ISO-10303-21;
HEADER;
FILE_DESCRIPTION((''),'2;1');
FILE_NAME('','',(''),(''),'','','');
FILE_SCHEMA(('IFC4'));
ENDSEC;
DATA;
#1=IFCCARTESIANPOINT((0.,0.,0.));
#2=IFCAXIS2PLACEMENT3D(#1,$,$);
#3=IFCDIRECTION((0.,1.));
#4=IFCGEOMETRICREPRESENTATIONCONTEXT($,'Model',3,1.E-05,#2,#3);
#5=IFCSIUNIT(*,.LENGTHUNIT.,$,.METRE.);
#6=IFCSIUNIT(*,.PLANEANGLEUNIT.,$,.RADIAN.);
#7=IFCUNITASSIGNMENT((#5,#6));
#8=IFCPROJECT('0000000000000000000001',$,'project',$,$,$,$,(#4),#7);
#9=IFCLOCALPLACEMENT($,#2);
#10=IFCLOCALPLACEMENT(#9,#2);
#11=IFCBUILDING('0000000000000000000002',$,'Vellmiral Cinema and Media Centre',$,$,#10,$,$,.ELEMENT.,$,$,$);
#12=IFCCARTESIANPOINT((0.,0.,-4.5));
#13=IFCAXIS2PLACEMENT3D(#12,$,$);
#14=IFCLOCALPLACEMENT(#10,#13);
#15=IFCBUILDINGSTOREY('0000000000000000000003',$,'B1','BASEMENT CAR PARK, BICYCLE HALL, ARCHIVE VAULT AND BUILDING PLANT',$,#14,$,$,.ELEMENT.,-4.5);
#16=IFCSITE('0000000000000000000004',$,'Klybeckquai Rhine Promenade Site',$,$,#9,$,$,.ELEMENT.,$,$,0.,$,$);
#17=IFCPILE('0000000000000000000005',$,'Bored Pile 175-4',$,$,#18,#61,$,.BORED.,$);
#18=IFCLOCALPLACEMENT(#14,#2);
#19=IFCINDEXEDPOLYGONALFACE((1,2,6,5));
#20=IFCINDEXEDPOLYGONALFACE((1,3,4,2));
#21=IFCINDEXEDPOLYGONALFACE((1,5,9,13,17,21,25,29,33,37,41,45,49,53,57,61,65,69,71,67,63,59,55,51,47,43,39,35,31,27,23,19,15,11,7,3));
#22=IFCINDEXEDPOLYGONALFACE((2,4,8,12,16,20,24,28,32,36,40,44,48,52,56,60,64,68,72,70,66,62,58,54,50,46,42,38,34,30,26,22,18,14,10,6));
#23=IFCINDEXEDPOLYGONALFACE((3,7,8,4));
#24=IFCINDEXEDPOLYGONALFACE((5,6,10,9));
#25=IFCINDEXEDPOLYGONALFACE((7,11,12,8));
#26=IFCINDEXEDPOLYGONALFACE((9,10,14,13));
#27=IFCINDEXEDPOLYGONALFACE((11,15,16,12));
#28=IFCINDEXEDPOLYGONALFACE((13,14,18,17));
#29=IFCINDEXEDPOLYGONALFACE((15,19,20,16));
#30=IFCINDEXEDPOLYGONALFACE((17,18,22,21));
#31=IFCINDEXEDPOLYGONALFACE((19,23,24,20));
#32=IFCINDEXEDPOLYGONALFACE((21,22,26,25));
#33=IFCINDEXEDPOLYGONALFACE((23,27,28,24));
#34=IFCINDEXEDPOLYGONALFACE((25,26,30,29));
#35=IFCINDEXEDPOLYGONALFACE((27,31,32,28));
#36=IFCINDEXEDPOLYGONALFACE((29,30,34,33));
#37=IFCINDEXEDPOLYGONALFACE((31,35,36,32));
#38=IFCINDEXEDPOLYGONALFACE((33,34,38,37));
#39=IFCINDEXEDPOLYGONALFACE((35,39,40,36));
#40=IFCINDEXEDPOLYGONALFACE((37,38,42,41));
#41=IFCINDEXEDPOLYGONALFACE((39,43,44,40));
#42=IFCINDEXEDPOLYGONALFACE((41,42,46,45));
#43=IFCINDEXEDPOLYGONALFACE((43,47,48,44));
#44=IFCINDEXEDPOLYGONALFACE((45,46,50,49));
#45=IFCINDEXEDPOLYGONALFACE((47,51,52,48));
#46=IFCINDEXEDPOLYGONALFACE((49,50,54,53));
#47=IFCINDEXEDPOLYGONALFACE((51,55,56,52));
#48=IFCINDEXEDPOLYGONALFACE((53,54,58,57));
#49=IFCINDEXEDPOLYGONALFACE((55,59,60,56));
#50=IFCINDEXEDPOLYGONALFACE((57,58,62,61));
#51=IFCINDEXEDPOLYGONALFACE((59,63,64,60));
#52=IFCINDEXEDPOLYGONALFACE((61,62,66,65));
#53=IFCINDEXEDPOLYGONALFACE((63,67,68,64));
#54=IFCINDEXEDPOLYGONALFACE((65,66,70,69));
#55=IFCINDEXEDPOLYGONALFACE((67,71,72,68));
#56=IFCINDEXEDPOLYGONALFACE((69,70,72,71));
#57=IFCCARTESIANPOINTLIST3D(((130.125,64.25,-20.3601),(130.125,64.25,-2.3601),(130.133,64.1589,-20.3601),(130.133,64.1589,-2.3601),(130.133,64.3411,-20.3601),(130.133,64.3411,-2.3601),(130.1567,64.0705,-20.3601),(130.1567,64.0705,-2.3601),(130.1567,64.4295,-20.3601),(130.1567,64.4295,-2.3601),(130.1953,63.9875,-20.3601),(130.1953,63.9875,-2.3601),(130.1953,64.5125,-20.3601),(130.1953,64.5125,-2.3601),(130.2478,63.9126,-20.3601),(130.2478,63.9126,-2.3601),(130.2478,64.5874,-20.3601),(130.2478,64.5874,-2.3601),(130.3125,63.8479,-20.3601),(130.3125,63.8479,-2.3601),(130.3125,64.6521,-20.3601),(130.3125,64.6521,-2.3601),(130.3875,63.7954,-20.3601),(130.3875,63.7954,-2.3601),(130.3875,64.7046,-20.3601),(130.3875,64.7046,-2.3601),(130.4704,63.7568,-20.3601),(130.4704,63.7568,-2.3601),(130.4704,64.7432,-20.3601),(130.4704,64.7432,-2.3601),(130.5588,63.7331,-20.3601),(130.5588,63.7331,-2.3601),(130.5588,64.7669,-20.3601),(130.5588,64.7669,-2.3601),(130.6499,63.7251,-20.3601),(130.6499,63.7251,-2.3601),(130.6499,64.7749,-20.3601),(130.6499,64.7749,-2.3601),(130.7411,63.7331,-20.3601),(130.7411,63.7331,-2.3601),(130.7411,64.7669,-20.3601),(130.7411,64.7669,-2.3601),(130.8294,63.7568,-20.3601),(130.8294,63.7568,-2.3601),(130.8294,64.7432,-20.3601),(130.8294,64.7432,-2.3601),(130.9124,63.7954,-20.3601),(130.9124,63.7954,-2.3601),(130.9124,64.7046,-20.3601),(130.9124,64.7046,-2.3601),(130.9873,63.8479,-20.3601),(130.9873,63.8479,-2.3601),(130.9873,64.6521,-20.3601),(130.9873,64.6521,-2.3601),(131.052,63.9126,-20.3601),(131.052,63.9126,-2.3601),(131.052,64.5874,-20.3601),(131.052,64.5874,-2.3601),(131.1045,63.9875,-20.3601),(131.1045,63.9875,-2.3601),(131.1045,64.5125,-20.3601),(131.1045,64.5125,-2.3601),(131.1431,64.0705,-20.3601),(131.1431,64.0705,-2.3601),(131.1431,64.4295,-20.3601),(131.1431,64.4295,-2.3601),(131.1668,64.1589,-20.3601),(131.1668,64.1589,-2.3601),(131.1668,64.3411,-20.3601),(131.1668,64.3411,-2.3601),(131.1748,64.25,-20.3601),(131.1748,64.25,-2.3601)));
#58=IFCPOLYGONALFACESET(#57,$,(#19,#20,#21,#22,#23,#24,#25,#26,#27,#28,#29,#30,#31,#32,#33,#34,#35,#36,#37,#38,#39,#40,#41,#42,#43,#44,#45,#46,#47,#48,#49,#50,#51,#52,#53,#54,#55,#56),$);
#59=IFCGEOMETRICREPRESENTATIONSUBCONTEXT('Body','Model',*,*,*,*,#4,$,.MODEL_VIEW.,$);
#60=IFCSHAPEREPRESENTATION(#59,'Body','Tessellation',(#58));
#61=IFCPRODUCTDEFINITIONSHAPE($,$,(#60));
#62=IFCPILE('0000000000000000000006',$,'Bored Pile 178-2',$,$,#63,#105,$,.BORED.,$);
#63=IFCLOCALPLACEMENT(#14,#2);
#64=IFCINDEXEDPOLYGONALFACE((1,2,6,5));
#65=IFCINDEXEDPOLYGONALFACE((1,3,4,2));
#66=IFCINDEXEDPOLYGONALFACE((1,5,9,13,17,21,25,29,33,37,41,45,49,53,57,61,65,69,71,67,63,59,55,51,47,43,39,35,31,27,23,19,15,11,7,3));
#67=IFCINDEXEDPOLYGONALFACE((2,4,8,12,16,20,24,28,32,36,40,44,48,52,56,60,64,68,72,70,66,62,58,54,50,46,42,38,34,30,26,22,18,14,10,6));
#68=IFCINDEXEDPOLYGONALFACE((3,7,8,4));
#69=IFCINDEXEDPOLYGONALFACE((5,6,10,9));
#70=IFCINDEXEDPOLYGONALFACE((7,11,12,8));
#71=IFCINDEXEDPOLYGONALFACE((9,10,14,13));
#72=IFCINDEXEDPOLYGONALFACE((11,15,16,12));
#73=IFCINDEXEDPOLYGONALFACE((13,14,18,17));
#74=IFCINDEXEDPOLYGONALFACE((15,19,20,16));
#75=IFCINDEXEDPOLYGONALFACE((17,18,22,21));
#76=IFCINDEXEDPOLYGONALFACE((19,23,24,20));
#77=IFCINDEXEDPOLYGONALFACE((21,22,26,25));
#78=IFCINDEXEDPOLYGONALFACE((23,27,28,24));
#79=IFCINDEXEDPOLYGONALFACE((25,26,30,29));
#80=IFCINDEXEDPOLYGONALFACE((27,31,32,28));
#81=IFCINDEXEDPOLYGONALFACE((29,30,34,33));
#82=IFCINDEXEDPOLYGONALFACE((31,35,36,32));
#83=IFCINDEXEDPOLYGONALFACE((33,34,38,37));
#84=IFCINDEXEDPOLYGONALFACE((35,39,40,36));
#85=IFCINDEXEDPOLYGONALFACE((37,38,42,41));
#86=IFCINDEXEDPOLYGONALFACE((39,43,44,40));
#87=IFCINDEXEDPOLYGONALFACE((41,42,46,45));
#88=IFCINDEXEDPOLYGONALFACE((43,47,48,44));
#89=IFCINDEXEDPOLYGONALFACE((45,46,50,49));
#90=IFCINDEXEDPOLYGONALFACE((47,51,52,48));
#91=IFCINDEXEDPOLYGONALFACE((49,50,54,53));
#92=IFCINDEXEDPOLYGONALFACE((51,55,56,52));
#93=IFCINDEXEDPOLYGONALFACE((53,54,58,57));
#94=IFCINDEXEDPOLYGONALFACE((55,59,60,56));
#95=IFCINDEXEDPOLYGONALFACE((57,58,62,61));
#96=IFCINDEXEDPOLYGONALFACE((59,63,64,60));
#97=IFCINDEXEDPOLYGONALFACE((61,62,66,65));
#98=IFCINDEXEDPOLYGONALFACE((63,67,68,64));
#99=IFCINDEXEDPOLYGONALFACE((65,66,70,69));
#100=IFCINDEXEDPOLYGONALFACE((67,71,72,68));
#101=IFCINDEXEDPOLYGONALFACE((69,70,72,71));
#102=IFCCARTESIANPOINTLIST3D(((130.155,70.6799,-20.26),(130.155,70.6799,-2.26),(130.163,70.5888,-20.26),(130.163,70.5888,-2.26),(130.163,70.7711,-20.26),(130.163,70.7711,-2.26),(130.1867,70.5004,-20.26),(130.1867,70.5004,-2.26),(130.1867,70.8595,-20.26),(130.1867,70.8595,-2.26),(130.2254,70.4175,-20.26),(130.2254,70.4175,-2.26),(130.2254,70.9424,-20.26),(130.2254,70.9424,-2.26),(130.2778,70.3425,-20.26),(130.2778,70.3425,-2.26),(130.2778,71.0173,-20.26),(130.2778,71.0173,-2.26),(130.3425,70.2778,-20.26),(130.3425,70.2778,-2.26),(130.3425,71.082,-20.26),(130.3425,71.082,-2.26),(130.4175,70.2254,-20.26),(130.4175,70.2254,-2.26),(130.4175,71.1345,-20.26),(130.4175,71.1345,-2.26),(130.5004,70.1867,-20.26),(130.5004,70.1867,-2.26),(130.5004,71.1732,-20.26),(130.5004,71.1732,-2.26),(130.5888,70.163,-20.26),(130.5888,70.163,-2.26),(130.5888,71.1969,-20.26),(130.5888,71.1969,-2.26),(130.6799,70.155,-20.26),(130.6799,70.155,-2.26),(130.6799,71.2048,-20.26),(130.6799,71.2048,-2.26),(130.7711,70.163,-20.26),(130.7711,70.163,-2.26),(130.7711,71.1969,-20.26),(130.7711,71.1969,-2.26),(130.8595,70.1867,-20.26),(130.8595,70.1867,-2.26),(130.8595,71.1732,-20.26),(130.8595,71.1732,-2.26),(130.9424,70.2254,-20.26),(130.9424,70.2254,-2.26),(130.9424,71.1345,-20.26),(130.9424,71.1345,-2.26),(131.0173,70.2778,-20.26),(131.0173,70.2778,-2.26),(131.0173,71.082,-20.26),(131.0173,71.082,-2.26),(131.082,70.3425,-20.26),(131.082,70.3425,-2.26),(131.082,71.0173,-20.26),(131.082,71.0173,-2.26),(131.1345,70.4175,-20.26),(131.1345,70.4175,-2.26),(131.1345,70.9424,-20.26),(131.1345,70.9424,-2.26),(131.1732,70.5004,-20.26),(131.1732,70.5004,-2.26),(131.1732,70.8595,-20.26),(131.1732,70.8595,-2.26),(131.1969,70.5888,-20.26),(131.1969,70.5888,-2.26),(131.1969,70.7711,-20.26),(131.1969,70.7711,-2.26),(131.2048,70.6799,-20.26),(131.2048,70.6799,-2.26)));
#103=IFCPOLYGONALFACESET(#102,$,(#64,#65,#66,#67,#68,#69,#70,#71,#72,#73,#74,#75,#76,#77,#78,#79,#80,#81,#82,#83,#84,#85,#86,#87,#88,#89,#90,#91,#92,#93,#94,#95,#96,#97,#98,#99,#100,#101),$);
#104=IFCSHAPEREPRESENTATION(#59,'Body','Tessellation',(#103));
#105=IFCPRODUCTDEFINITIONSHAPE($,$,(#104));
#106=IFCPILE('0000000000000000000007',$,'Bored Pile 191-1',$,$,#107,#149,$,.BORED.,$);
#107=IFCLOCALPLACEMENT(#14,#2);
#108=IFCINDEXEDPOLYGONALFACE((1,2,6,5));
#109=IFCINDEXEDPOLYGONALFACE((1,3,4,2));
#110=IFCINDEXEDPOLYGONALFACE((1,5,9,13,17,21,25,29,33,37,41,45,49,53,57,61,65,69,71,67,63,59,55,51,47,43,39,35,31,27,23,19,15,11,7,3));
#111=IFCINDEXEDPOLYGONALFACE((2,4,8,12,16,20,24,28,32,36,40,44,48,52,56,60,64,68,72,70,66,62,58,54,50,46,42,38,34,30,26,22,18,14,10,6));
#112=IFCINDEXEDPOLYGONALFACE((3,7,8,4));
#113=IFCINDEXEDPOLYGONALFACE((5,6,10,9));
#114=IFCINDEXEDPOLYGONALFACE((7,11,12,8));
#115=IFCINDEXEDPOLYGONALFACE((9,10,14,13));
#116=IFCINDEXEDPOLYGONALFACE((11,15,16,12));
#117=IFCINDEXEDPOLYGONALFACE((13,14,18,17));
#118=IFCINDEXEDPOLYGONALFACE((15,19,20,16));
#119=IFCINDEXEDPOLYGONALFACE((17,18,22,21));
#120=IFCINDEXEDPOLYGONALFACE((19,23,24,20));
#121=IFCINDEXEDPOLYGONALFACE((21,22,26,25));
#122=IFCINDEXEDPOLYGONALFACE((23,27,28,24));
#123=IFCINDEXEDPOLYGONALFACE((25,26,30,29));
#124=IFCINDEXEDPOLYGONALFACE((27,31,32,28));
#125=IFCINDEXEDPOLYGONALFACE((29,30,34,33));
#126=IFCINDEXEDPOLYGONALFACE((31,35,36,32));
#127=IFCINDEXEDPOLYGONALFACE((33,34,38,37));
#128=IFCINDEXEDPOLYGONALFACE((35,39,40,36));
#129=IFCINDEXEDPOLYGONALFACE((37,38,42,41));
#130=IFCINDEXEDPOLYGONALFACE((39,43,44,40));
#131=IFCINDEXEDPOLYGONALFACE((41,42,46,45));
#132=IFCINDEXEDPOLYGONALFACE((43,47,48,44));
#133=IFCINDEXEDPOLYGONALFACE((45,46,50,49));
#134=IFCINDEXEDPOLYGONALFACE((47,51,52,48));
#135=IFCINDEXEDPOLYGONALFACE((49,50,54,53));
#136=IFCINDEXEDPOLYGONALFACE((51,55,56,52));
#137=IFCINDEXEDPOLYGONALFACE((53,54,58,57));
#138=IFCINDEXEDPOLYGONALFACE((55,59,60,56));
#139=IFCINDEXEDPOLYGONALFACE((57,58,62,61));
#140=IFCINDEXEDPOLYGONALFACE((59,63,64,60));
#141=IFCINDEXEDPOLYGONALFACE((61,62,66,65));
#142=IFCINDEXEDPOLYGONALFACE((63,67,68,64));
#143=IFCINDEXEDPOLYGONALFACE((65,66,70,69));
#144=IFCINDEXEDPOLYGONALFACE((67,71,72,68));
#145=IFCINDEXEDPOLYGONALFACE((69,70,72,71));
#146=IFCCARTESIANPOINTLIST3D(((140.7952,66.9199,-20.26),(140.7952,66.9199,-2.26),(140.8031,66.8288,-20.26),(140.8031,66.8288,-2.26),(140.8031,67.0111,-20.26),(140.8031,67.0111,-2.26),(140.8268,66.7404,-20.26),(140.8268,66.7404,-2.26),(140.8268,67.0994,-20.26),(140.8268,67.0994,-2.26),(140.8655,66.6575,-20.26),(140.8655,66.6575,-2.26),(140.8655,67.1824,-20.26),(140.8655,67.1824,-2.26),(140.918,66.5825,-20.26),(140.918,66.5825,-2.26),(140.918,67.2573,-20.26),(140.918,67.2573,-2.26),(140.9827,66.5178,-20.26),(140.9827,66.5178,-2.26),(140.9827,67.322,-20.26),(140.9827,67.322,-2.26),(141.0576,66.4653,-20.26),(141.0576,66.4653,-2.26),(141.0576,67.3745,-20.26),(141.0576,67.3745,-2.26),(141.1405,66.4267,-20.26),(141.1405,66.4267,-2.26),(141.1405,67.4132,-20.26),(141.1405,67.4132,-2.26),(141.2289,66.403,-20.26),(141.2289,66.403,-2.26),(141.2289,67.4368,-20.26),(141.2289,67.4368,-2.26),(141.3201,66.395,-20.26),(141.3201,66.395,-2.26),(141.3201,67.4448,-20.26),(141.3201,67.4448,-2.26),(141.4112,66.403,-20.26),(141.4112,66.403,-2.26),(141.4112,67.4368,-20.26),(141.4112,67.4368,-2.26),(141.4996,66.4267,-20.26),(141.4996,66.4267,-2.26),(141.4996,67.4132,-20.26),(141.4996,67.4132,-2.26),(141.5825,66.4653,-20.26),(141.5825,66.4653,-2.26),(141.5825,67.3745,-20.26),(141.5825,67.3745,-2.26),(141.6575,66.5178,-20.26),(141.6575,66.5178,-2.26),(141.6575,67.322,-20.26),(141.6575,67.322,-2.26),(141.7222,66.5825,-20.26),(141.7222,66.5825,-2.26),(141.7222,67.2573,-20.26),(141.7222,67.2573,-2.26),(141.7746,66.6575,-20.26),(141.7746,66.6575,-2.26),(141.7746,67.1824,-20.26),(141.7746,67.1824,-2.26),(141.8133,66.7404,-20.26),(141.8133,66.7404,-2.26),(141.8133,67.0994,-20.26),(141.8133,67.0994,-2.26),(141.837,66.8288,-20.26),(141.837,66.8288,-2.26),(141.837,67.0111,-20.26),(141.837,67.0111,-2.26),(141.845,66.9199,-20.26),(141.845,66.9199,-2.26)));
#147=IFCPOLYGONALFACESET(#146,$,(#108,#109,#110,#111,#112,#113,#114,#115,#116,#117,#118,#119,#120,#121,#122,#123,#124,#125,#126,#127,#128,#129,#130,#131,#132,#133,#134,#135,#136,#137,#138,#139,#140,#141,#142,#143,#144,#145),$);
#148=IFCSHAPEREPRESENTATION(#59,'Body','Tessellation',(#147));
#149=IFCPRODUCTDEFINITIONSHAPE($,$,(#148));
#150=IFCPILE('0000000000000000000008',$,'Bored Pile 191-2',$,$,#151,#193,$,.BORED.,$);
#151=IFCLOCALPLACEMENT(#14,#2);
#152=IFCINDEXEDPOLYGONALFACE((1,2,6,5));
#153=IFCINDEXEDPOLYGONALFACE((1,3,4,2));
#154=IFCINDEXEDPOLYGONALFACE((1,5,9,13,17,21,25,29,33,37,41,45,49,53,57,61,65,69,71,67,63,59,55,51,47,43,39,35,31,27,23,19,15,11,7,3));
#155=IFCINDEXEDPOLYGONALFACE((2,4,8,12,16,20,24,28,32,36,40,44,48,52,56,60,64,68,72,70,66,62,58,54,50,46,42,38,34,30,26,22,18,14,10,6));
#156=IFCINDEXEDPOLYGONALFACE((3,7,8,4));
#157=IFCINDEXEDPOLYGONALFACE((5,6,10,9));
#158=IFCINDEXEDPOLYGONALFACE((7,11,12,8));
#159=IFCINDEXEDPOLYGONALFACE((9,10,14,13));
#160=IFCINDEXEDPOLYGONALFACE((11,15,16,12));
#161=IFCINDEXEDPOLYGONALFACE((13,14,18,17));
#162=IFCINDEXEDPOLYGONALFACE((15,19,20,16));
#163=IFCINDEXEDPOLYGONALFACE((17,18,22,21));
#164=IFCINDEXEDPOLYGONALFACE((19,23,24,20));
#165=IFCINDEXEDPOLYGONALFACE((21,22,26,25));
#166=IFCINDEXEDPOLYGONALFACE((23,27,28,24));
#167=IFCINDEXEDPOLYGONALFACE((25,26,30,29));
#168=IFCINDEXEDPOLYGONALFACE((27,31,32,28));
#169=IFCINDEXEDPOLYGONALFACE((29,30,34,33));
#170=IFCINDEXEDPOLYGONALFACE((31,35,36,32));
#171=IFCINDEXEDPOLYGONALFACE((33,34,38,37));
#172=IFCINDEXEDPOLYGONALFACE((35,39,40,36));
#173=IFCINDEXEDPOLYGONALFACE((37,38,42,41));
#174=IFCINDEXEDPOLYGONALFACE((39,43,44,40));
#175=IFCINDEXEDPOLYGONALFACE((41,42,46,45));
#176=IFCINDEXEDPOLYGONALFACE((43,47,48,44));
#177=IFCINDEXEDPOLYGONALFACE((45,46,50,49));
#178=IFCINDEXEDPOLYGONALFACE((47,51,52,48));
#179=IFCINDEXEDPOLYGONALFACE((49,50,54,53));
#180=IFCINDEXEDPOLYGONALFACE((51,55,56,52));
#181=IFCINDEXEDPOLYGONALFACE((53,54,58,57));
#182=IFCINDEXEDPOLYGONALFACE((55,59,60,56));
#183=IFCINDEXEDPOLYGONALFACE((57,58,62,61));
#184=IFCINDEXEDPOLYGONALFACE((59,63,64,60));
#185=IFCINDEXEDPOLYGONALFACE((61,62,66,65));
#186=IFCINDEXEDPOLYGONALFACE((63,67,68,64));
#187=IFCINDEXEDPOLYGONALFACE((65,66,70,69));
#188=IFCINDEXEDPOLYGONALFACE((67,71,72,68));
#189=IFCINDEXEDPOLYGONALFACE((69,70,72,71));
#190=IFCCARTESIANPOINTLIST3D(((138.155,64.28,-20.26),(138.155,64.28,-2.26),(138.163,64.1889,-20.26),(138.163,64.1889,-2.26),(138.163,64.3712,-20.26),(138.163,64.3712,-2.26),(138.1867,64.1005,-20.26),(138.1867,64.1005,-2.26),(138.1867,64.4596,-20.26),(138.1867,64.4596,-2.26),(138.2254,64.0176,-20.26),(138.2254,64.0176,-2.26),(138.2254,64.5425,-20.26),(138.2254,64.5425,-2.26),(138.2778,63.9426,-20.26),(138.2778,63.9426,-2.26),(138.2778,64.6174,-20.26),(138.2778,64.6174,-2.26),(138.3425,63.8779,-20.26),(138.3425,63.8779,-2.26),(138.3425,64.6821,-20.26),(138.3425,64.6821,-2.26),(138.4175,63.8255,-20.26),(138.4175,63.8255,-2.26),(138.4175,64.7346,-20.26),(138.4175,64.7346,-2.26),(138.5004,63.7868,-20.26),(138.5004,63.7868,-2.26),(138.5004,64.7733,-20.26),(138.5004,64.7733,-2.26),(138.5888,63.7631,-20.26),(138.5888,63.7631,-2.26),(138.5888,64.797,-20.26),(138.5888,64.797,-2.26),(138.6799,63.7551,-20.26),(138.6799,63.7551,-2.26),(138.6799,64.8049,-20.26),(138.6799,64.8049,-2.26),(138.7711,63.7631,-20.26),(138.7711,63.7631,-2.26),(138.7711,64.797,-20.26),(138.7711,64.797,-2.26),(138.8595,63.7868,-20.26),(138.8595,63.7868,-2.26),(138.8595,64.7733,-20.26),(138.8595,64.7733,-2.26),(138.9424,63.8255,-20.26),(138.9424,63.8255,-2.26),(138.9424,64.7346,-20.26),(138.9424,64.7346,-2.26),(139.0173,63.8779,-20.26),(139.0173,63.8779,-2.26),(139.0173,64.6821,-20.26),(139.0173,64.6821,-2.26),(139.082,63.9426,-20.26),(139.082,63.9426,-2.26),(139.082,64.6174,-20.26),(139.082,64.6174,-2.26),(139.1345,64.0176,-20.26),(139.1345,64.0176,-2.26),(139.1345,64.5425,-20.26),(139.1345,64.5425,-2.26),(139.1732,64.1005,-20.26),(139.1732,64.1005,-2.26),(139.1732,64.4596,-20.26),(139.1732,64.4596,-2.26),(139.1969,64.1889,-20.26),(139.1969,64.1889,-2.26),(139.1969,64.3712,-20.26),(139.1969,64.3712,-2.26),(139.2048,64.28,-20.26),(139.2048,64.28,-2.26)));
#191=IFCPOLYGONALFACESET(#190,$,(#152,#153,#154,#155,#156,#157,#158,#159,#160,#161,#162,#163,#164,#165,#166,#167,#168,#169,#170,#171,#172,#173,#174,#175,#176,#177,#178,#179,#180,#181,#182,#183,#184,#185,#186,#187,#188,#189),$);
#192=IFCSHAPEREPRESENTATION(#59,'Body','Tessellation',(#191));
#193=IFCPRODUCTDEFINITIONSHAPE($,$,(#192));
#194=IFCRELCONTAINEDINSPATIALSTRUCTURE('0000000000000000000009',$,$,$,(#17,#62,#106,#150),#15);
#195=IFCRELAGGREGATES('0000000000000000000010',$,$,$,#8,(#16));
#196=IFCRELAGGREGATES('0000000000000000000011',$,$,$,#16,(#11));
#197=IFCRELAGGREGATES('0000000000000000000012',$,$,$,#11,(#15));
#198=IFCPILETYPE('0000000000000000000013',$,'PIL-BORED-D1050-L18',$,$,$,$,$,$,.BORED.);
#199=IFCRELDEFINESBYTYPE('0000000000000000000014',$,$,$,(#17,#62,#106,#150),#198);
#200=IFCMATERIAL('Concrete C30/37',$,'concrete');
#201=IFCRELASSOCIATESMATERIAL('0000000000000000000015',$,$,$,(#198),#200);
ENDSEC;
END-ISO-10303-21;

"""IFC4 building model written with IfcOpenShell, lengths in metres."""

from ifc_helpers import new_model, si_unit, direction, frame, origin, origin_2d, place, context, subcontext, project, spatial, circle, extrude, material, material_profile, profile_set, type_object, element, save


model = new_model("IFC4")

# Units and contexts
model_context = context("Model", 3, precision=1e-05, world=origin(), true_north=direction((0.0, 1.0)))
body_context = subcontext(model_context, "Body", "Model", "MODEL_VIEW")
ifc_project = project(units=[si_unit("LENGTHUNIT", "METRE"), si_unit("PLANEANGLEUNIT", "RADIAN")], contexts=[model_context])

# Site, building, storey
site_placement = place(None, origin())
site = spatial("IfcSite", under=ifc_project, at=site_placement, Name="Klybeckquai Rhine Promenade Site", CompositionType="ELEMENT", RefElevation=0.0)
building_placement = place(site_placement, origin())
building = spatial("IfcBuilding", under=site, at=building_placement, Name="Vellmiral Cinema and Media Centre", CompositionType="ELEMENT")
storey_placement = place(building_placement, frame((0.0, 0.0, -4.5)))
storey = spatial("IfcBuildingStorey", under=building, at=storey_placement, Name="B1", Description="BASEMENT CAR PARK, BICYCLE HALL, ARCHIVE VAULT AND BUILDING PLANT", CompositionType="ELEMENT", Elevation=-4.5)

# Piles
ifc_material_1 = material(Name="Concrete C30/37", Category="concrete")
ifc_material_profile_1 = material_profile(ifc_material_1, circle(Radius=0.5249, at=origin_2d()), Name="PILE D1050")
ifc_profile_set_1 = profile_set([ifc_material_profile_1], Name="Concrete C30/37")
pile_type_1 = type_object("IfcPileType", Name="PIL-BORED-D1050-L18", PredefinedType="BORED", material=ifc_profile_set_1)
for number, where, z_axis, x_axis, name in (
    (1, (130.6499, 64.25, -2.3601), (0.0, 0.0, -1.0), (1.0, 0.0, 0.0), "Bored Pile 175-4"),
    (2, (130.6799, 70.6799, -2.26), (0.0, 0.0, -1.0), (1.0, 0.0, 0.0), "Bored Pile 178-2"),
    (3, (141.3201, 66.9199, -2.26), (0.0, 0.0, -1.0), (1.0, 0.0, 0.0), "Bored Pile 191-1"),
    (4, (138.6799, 64.28, -2.26), (0.0, 0.0, -1.0), (1.0, 0.0, 0.0), "Bored Pile 191-2"),
):
    element("IfcPile", number, at=place(storey_placement, frame(where, z_axis=z_axis, x_axis=x_axis)), inside=storey, type_object=pile_type_1, Name=name, PredefinedType="BORED", context=body_context, shape_type="SweptSolid", body=[
        extrude(circle(Radius=0.5249, at=origin_2d()), origin(), (0.0, 0.0, 1.0), 18.0),
    ])

save(model, "model.ifc")
